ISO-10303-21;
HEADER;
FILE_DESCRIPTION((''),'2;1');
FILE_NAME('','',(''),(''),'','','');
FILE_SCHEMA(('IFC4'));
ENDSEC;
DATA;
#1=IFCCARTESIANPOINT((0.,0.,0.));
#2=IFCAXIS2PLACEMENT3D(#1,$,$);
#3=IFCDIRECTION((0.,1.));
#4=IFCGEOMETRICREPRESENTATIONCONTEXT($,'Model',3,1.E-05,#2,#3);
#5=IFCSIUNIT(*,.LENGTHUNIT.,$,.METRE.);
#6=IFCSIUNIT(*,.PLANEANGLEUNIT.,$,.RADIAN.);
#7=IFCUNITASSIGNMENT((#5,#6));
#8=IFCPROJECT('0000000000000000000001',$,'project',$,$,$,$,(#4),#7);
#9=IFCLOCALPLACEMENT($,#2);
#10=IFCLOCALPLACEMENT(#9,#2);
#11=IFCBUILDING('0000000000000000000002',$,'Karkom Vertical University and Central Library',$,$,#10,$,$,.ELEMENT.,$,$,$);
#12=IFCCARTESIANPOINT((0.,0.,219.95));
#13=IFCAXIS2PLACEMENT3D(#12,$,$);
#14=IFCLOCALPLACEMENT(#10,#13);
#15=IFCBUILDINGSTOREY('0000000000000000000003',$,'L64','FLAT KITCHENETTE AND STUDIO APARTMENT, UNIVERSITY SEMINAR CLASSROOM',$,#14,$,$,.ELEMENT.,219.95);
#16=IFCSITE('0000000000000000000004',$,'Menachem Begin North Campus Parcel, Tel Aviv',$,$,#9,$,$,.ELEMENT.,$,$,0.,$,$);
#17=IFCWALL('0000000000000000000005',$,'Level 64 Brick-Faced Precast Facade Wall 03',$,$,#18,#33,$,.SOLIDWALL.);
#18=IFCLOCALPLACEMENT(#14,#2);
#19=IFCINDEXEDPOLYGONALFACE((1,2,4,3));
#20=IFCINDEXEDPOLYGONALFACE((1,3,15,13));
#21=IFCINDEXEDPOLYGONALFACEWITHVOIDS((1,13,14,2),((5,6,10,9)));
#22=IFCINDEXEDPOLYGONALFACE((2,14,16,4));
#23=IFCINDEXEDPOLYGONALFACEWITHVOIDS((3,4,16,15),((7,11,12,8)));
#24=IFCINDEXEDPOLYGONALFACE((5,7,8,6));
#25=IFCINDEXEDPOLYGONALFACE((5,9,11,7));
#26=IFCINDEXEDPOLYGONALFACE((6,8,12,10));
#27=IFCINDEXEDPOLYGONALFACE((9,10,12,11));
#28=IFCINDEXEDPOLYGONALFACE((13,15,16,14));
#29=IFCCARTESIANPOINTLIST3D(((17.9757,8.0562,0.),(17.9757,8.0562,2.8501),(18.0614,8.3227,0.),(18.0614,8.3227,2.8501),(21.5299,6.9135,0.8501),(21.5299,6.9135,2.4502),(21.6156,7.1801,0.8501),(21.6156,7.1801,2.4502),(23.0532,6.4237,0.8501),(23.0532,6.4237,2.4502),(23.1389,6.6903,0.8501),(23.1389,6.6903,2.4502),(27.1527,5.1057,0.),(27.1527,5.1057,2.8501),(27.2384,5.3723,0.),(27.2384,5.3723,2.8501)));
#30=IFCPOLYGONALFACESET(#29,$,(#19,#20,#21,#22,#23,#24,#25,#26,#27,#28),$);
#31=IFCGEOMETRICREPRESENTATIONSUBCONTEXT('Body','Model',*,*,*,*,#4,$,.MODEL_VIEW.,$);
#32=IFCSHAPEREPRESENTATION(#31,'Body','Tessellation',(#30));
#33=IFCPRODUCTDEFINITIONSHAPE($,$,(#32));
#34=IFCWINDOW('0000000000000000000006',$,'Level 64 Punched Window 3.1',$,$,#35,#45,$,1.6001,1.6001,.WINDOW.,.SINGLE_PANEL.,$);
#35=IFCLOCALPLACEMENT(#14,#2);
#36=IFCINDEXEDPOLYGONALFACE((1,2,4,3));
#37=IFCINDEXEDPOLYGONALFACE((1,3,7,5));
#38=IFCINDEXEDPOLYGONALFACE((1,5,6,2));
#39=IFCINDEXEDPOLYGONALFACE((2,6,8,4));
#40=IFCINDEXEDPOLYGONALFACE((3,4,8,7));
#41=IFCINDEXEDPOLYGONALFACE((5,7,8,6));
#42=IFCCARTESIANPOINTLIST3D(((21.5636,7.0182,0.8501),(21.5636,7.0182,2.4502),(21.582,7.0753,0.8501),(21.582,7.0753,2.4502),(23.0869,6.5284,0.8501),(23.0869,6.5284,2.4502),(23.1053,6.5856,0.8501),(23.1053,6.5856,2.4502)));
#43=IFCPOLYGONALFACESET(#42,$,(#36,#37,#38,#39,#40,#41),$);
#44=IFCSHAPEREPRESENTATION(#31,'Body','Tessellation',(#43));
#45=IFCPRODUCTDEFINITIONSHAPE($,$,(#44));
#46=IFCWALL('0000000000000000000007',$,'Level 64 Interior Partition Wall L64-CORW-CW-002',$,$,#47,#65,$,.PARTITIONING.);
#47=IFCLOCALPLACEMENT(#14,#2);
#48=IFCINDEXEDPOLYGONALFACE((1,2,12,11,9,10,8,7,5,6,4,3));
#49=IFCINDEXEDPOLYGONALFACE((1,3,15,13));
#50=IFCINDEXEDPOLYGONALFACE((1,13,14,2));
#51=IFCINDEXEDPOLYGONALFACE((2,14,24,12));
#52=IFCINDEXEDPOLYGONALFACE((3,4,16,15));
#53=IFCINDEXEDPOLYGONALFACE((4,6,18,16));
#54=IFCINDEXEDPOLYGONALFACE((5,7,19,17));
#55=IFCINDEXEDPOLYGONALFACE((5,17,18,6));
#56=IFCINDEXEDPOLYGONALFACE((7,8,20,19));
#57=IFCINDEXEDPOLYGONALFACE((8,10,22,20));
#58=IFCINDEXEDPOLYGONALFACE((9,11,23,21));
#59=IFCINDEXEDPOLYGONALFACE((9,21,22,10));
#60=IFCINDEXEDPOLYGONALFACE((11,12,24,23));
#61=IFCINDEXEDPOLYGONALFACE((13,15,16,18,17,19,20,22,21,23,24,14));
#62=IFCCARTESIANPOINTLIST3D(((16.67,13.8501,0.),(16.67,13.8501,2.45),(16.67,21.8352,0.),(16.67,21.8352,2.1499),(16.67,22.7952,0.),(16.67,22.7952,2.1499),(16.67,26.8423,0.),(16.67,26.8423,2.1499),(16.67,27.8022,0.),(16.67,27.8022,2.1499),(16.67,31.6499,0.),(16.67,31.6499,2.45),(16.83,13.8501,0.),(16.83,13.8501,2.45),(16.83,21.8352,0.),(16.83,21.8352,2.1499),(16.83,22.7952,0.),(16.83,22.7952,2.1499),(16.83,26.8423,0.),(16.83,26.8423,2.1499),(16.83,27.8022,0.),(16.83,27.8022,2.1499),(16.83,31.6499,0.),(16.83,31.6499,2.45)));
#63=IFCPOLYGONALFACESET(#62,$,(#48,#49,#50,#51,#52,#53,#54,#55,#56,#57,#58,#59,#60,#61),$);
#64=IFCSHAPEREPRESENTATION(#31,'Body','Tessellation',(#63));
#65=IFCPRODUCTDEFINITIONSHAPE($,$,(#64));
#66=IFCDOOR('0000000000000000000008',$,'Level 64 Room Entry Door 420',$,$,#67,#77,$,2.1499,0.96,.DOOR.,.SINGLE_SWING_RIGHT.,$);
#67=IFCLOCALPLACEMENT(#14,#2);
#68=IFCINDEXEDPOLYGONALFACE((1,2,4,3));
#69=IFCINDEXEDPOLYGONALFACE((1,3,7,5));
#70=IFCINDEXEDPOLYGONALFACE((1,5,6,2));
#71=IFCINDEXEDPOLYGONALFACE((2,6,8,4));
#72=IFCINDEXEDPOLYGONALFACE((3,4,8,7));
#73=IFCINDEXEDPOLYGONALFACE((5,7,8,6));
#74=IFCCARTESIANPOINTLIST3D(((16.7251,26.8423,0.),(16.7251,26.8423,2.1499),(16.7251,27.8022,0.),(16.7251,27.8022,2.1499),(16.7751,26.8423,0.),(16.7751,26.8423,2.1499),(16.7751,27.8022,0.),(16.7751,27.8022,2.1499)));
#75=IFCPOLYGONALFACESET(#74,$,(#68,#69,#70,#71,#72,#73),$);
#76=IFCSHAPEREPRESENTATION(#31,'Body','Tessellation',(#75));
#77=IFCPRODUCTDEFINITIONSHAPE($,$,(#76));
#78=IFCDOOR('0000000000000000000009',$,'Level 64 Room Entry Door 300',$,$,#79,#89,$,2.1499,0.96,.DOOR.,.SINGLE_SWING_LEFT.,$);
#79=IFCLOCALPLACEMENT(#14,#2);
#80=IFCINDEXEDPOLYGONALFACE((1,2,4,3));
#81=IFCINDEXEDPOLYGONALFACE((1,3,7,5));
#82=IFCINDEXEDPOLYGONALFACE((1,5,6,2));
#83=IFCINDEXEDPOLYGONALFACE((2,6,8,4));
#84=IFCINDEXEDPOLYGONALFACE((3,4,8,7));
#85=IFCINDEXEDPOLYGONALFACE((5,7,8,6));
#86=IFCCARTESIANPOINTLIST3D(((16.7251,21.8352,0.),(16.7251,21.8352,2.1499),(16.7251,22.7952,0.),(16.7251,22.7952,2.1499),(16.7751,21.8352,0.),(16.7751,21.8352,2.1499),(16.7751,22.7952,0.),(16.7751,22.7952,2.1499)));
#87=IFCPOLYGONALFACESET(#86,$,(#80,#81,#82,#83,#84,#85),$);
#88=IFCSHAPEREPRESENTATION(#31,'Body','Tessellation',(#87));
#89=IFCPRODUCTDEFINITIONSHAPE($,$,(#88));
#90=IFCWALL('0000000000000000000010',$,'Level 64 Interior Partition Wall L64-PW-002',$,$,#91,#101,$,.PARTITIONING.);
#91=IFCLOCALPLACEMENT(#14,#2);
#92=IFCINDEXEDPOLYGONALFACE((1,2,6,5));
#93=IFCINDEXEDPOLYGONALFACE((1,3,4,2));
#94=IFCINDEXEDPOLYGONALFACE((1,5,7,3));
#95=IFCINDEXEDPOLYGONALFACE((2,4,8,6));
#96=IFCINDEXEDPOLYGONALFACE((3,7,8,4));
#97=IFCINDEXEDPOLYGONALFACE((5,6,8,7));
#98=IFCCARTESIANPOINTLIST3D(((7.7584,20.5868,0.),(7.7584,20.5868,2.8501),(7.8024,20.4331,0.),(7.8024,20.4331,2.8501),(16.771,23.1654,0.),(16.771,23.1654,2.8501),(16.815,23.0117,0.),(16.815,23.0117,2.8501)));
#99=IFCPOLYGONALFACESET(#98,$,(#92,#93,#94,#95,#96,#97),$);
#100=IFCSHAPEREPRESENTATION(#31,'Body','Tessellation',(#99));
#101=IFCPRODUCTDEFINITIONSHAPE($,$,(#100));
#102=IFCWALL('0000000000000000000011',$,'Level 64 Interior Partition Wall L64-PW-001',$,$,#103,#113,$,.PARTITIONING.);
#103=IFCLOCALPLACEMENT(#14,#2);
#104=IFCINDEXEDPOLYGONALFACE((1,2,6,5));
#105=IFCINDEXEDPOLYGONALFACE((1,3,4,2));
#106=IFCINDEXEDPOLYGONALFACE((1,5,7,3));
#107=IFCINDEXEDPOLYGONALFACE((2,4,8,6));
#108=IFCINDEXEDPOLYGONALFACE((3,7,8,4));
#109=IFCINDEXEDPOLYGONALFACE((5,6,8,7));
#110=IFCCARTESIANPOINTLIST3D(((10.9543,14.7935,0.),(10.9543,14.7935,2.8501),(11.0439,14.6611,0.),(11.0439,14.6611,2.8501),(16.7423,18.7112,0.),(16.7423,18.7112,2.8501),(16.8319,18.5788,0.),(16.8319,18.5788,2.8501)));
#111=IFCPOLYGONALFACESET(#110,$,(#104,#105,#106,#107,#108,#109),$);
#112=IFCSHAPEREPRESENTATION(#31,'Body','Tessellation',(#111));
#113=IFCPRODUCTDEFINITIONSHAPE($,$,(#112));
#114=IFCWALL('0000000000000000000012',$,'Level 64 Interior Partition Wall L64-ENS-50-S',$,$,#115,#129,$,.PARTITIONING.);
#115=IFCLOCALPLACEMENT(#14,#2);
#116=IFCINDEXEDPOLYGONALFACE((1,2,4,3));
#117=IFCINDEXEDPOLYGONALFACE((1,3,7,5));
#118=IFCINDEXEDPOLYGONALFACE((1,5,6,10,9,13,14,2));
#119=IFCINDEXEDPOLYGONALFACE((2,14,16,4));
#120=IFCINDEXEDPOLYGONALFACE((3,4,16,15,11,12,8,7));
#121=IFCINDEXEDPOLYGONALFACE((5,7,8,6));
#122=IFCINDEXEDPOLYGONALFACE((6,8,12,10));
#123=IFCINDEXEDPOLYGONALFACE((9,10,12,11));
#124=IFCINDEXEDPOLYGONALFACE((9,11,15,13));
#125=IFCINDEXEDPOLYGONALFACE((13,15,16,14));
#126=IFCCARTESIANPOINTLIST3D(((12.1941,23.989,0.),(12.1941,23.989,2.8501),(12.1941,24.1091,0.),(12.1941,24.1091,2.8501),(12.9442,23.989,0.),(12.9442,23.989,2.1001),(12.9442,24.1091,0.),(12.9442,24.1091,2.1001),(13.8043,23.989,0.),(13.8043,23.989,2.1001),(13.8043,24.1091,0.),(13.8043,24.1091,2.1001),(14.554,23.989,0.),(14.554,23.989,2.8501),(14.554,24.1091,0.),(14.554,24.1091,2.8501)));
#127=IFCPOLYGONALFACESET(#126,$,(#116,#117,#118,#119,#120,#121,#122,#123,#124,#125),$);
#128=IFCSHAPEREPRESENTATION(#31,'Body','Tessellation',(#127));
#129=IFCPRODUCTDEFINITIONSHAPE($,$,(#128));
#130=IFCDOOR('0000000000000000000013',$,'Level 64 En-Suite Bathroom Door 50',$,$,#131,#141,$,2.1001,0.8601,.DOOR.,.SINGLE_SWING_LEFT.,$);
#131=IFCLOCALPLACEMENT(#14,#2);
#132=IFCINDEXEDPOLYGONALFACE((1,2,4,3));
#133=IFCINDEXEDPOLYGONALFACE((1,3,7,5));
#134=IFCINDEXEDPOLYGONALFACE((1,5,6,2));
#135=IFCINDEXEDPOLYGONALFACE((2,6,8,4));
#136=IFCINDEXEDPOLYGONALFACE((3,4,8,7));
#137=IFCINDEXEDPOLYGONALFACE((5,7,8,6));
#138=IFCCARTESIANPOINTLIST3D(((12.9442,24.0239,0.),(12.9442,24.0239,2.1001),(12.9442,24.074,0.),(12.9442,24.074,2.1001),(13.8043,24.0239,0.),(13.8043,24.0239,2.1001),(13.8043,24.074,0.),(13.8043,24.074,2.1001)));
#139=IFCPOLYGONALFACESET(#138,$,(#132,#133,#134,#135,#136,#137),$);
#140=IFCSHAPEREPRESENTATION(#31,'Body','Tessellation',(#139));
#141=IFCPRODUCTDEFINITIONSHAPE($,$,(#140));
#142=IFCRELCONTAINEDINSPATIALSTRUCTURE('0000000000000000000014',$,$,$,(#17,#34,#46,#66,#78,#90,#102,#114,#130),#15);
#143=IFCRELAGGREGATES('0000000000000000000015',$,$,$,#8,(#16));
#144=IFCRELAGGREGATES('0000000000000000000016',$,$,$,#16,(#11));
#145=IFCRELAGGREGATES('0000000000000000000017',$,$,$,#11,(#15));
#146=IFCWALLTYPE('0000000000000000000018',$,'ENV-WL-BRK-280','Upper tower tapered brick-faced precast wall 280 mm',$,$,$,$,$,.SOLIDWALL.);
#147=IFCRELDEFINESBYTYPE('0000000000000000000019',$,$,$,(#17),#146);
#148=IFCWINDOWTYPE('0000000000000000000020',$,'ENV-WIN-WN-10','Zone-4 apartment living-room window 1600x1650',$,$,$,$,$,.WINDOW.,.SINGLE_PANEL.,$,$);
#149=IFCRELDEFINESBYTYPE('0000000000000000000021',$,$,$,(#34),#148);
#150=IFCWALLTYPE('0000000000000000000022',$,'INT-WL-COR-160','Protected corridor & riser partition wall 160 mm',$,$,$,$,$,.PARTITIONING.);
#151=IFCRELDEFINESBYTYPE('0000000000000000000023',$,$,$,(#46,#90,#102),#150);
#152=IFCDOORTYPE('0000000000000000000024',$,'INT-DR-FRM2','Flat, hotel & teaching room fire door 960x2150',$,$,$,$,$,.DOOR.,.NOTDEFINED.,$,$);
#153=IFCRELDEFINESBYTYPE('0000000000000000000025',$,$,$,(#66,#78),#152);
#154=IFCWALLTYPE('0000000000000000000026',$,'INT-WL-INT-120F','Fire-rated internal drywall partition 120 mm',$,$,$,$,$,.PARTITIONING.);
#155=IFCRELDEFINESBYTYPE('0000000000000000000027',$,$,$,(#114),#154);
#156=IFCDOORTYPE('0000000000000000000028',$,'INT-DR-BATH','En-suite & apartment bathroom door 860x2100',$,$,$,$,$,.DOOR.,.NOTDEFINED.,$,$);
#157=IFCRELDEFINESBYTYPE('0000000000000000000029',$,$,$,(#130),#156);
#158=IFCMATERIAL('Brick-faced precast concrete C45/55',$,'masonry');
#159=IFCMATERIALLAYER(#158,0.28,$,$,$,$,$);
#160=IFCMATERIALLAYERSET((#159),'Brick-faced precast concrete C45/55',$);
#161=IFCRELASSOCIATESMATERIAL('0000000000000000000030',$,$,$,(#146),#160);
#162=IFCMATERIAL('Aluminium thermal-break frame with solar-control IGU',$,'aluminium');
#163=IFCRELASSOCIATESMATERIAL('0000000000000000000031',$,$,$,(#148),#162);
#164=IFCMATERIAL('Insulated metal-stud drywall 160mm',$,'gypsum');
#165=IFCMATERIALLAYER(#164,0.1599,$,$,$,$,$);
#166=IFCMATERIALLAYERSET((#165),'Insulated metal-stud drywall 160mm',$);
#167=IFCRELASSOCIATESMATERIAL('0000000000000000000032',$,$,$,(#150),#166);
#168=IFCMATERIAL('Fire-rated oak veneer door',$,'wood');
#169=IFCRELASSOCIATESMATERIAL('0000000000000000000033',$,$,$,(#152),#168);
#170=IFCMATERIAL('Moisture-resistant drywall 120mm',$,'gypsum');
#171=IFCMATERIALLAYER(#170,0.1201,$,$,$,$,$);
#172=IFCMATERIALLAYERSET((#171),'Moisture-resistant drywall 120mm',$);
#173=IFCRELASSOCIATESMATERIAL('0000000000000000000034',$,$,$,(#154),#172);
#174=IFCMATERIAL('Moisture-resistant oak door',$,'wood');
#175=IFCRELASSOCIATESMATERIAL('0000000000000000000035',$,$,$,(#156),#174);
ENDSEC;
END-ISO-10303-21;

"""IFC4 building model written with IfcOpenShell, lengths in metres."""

from ifc_helpers import new_model, si_unit, direction, frame, frame_2d, origin, origin_with_axes, place, context, subcontext, project, spatial, rectangle, extrude, source, transform, mapped, material, layer, layer_set, type_object, element, fill, save


model = new_model("IFC4")

# Units and contexts
model_context = context("Model", 3, precision=1e-05, world=origin(), true_north=direction((0.0, 1.0)))
body_context = subcontext(model_context, "Body", "Model", "MODEL_VIEW")
ifc_project = project(units=[si_unit("LENGTHUNIT", "METRE"), si_unit("PLANEANGLEUNIT", "RADIAN")], contexts=[model_context])

# Site, building, storey
site_placement = place(None, origin())
site = spatial("IfcSite", under=ifc_project, at=site_placement, Name="Menachem Begin North Campus Parcel, Tel Aviv", CompositionType="ELEMENT", RefElevation=0.0)
building_placement = place(site_placement, origin())
building = spatial("IfcBuilding", under=site, at=building_placement, Name="Karkom Vertical University and Central Library", CompositionType="ELEMENT")
storey_placement = place(building_placement, frame((0.0, 0.0, 219.95)))
storey = spatial("IfcBuildingStorey", under=building, at=storey_placement, Name="L64", Description="FLAT KITCHENETTE AND STUDIO APARTMENT, UNIVERSITY SEMINAR CLASSROOM", CompositionType="ELEMENT", Elevation=219.95)

# Shared definitions
ifc_material_1 = material(Name="Brick-faced precast concrete C45/55", Category="masonry")
ifc_layer_1 = layer(ifc_material_1, 0.28)
ifc_layer_set_1 = layer_set([ifc_layer_1], Name="Brick-faced precast concrete C45/55")
wall_type_1 = type_object("IfcWallType", Name="ENV-WL-BRK-280", Description="Upper tower tapered brick-faced precast wall 280 mm", PredefinedType="SOLIDWALL", material=ifc_layer_set_1)
ifc_material_2 = material(Name="Aluminium thermal-break frame with solar-control IGU", Category="aluminium")
window_type = type_object("IfcWindowType", Name="ENV-WIN-WN-10", Description="Zone-4 apartment living-room window 1600x1650", PartitioningType="SINGLE_PANEL", PredefinedType="WINDOW", material=ifc_material_2)
shared_shape_1 = source(origin_with_axes(), body_context, "Body", "SweptSolid", [
    extrude(rectangle(XDim=1.6001, YDim=1.6001, at=frame_2d((0.8, 0.8))), frame((0.0, 0.03, 0.0), z_axis=(0.0, -1.0, 0.0), x_axis=(1.0, 0.0, 0.0)), (0.0, 0.0, 1.0), 0.0601),
])

# Wall, opening, window
wall_1_placement = place(storey_placement, frame((18.0186, 8.1895, 0.0), z_axis=(0.0, 0.0, 1.0), x_axis=(0.952008, -0.306074, 0.0)))
wall_1 = element("IfcWall", 1, at=wall_1_placement, inside=storey, type_object=wall_type_1, Name="Level 64 Brick-Faced Precast Facade Wall 03", PredefinedType="SOLIDWALL", context=body_context, shape_type="SweptSolid", body=[
    extrude(rectangle(XDim=9.6396, YDim=0.28, at=frame_2d((4.8198, 0.0))), origin(), (0.0, 0.0, 1.0), 2.8501),
])
opening_1_placement = place(wall_1_placement, frame((3.7334, 0.0, 0.8501)))
opening_1 = element("IfcOpeningElement", 2, at=opening_1_placement, cuts=wall_1, PredefinedType="OPENING", context=body_context, shape_type="SweptSolid", body=[
    extrude(rectangle(XDim=1.6001, YDim=1.6001, at=frame_2d((0.8, 0.8))), frame((0.0, 0.1499, 0.0), z_axis=(0.0, -1.0, 0.0), x_axis=(1.0, 0.0, 0.0)), (0.0, 0.0, 1.0), 0.3),
])
window_1_placement = place(opening_1_placement, origin())
window_1 = element("IfcWindow", 3, at=window_1_placement, inside=storey, type_object=window_type, Name="Level 64 Punched Window 3.1", OverallHeight=1.6001, OverallWidth=1.6001, PartitioningType="SINGLE_PANEL", PredefinedType="WINDOW", context=body_context, shape_type="MappedRepresentation", body=[
    mapped(shared_shape_1, transform((0.0, 0.0, 0.0), scale=1.0)),
])
fill(opening_1, window_1)

# Wall, openings, doors
ifc_material_3 = material(Name="Insulated metal-stud drywall 160mm", Category="gypsum")
ifc_layer_2 = layer(ifc_material_3, 0.1599)
ifc_layer_set_2 = layer_set([ifc_layer_2], Name="Insulated metal-stud drywall 160mm")
wall_type_2 = type_object("IfcWallType", Name="INT-WL-COR-160", Description="Protected corridor & riser partition wall 160 mm", PredefinedType="PARTITIONING", material=ifc_layer_set_2)
wall_2_placement = place(storey_placement, frame((16.75, 13.8501, 0.0), z_axis=(0.0, 0.0, 1.0), x_axis=(0.0, 1.0, 0.0)))
wall_2 = element("IfcWall", 4, at=wall_2_placement, inside=storey, type_object=wall_type_2, Name="Level 64 Interior Partition Wall L64-CORW-CW-002", PredefinedType="PARTITIONING", context=body_context, shape_type="SweptSolid", body=[
    extrude(rectangle(XDim=17.7998, YDim=0.1599, at=frame_2d((8.8999, 0.0))), origin(), (0.0, 0.0, 1.0), 2.45),
])
opening_2_placement = place(wall_2_placement, frame((12.9922, 0.0, 0.0)))
opening_2 = element("IfcOpeningElement", 5, at=opening_2_placement, cuts=wall_2, PredefinedType="OPENING", context=body_context, shape_type="SweptSolid", body=[
    extrude(rectangle(XDim=0.96, YDim=2.1499, at=frame_2d((0.48, 1.075))), frame((0.0, 0.0898, 0.0), z_axis=(0.0, -1.0, 0.0), x_axis=(1.0, 0.0, 0.0)), (0.0, 0.0, 1.0), 0.1799),
])
opening_3_placement = place(wall_2_placement, frame((7.9851, 0.0, 0.0)))
opening_3 = element("IfcOpeningElement", 6, at=opening_3_placement, cuts=wall_2, PredefinedType="OPENING", context=body_context, shape_type="SweptSolid", body=[
    extrude(rectangle(XDim=0.96, YDim=2.1499, at=frame_2d((0.48, 1.075))), frame((0.0, 0.0898, 0.0), z_axis=(0.0, -1.0, 0.0), x_axis=(1.0, 0.0, 0.0)), (0.0, 0.0, 1.0), 0.1799),
])
ifc_material_4 = material(Name="Fire-rated oak veneer door", Category="wood")
door_type_1 = type_object("IfcDoorType", Name="INT-DR-FRM2", Description="Flat, hotel & teaching room fire door 960x2150", OperationType="NOTDEFINED", PredefinedType="DOOR", material=ifc_material_4)
shared_shape_2 = source(origin_with_axes(), body_context, "Body", "SweptSolid", [
    extrude(rectangle(XDim=0.96, YDim=2.1499, at=frame_2d((0.48, 1.075))), frame((0.0, 0.0249, 0.0), z_axis=(0.0, -1.0, 0.0), x_axis=(1.0, 0.0, 0.0)), (0.0, 0.0, 1.0), 0.05),
])
door_1_placement = place(opening_2_placement, origin())
door_1 = element("IfcDoor", 7, at=door_1_placement, inside=storey, type_object=door_type_1, Name="Level 64 Room Entry Door 420", OperationType="SINGLE_SWING_RIGHT", OverallHeight=2.1499, OverallWidth=0.96, PredefinedType="DOOR", context=body_context, shape_type="MappedRepresentation", body=[
    mapped(shared_shape_2, transform((0.0, 0.0, 0.0), scale=1.0)),
])
fill(opening_2, door_1)
door_2_placement = place(opening_3_placement, origin())
door_2 = element("IfcDoor", 8, at=door_2_placement, inside=storey, type_object=door_type_1, Name="Level 64 Room Entry Door 300", OperationType="SINGLE_SWING_LEFT", OverallHeight=2.1499, OverallWidth=0.96, PredefinedType="DOOR", context=body_context, shape_type="MappedRepresentation", body=[
    mapped(shared_shape_2, transform((0.0, 0.0, 0.0), scale=1.0)),
])
fill(opening_3, door_2)

# Walls
wall_3_placement = place(storey_placement, frame((7.7805, 20.51, 0.0), z_axis=(0.0, 0.0, 1.0), x_axis=(0.961424, 0.275072, 0.0)))
element("IfcWall", 9, at=wall_3_placement, inside=storey, type_object=wall_type_2, Name="Level 64 Interior Partition Wall L64-PW-002", PredefinedType="PARTITIONING", context=body_context, shape_type="SweptSolid", body=[
    extrude(rectangle(XDim=9.3743, YDim=0.1599, at=frame_2d((4.687, 0.0))), origin(), (0.0, 0.0, 1.0), 2.8501),
])
wall_4_placement = place(storey_placement, frame((16.7871, 18.645, 0.0), z_axis=(0.0, 0.0, 1.0), x_axis=(-0.828134, -0.560531, 0.0)))
element("IfcWall", 10, at=wall_4_placement, inside=storey, type_object=wall_type_2, Name="Level 64 Interior Partition Wall L64-PW-001", PredefinedType="PARTITIONING", context=body_context, shape_type="SweptSolid", body=[
    extrude(rectangle(XDim=6.9893, YDim=0.1599, at=frame_2d((3.4946, 0.0))), origin(), (0.0, 0.0, 1.0), 2.8501),
])

# Wall, opening, door
ifc_material_5 = material(Name="Moisture-resistant drywall 120mm", Category="gypsum")
ifc_layer_3 = layer(ifc_material_5, 0.1201)
ifc_layer_set_3 = layer_set([ifc_layer_3], Name="Moisture-resistant drywall 120mm")
wall_type_3 = type_object("IfcWallType", Name="INT-WL-INT-120F", Description="Fire-rated internal drywall partition 120 mm", PredefinedType="PARTITIONING", material=ifc_layer_set_3)
wall_5_placement = place(storey_placement, frame((12.1941, 24.0491, 0.0), z_axis=(0.0, 0.0, 1.0), x_axis=(1.0, 0.0, 0.0)))
wall_5 = element("IfcWall", 11, at=wall_5_placement, inside=storey, type_object=wall_type_3, Name="Level 64 Interior Partition Wall L64-ENS-50-S", PredefinedType="PARTITIONING", context=body_context, shape_type="SweptSolid", body=[
    extrude(rectangle(XDim=2.3599, YDim=0.1201, at=frame_2d((1.1799, 0.0))), origin(), (0.0, 0.0, 1.0), 2.8501),
])
opening_4_placement = place(wall_5_placement, frame((0.75, 0.0, 0.0)))
opening_4 = element("IfcOpeningElement", 12, at=opening_4_placement, cuts=wall_5, PredefinedType="OPENING", context=body_context, shape_type="SweptSolid", body=[
    extrude(rectangle(XDim=0.8601, YDim=2.1001, at=frame_2d((0.4302, 1.05))), frame((0.0, 0.0701, 0.0), z_axis=(0.0, -1.0, 0.0), x_axis=(1.0, 0.0, 0.0)), (0.0, 0.0, 1.0), 0.1401),
])
ifc_material_6 = material(Name="Moisture-resistant oak door", Category="wood")
door_type_2 = type_object("IfcDoorType", Name="INT-DR-BATH", Description="En-suite & apartment bathroom door 860x2100", OperationType="NOTDEFINED", PredefinedType="DOOR", material=ifc_material_6)
shared_shape_3 = source(origin_with_axes(), body_context, "Body", "SweptSolid", [
    extrude(rectangle(XDim=0.8601, YDim=2.1001, at=frame_2d((0.4302, 1.05))), frame((0.0, 0.0249, 0.0), z_axis=(0.0, -1.0, 0.0), x_axis=(1.0, 0.0, 0.0)), (0.0, 0.0, 1.0), 0.05),
])
door_3_placement = place(opening_4_placement, origin())
door_3 = element("IfcDoor", 13, at=door_3_placement, inside=storey, type_object=door_type_2, Name="Level 64 En-Suite Bathroom Door 50", OperationType="SINGLE_SWING_LEFT", OverallHeight=2.1001, OverallWidth=0.8601, PredefinedType="DOOR", context=body_context, shape_type="MappedRepresentation", body=[
    mapped(shared_shape_3, transform((0.0, 0.0, 0.0), scale=1.0)),
])
fill(opening_4, door_3)

save(model, "model.ifc")
